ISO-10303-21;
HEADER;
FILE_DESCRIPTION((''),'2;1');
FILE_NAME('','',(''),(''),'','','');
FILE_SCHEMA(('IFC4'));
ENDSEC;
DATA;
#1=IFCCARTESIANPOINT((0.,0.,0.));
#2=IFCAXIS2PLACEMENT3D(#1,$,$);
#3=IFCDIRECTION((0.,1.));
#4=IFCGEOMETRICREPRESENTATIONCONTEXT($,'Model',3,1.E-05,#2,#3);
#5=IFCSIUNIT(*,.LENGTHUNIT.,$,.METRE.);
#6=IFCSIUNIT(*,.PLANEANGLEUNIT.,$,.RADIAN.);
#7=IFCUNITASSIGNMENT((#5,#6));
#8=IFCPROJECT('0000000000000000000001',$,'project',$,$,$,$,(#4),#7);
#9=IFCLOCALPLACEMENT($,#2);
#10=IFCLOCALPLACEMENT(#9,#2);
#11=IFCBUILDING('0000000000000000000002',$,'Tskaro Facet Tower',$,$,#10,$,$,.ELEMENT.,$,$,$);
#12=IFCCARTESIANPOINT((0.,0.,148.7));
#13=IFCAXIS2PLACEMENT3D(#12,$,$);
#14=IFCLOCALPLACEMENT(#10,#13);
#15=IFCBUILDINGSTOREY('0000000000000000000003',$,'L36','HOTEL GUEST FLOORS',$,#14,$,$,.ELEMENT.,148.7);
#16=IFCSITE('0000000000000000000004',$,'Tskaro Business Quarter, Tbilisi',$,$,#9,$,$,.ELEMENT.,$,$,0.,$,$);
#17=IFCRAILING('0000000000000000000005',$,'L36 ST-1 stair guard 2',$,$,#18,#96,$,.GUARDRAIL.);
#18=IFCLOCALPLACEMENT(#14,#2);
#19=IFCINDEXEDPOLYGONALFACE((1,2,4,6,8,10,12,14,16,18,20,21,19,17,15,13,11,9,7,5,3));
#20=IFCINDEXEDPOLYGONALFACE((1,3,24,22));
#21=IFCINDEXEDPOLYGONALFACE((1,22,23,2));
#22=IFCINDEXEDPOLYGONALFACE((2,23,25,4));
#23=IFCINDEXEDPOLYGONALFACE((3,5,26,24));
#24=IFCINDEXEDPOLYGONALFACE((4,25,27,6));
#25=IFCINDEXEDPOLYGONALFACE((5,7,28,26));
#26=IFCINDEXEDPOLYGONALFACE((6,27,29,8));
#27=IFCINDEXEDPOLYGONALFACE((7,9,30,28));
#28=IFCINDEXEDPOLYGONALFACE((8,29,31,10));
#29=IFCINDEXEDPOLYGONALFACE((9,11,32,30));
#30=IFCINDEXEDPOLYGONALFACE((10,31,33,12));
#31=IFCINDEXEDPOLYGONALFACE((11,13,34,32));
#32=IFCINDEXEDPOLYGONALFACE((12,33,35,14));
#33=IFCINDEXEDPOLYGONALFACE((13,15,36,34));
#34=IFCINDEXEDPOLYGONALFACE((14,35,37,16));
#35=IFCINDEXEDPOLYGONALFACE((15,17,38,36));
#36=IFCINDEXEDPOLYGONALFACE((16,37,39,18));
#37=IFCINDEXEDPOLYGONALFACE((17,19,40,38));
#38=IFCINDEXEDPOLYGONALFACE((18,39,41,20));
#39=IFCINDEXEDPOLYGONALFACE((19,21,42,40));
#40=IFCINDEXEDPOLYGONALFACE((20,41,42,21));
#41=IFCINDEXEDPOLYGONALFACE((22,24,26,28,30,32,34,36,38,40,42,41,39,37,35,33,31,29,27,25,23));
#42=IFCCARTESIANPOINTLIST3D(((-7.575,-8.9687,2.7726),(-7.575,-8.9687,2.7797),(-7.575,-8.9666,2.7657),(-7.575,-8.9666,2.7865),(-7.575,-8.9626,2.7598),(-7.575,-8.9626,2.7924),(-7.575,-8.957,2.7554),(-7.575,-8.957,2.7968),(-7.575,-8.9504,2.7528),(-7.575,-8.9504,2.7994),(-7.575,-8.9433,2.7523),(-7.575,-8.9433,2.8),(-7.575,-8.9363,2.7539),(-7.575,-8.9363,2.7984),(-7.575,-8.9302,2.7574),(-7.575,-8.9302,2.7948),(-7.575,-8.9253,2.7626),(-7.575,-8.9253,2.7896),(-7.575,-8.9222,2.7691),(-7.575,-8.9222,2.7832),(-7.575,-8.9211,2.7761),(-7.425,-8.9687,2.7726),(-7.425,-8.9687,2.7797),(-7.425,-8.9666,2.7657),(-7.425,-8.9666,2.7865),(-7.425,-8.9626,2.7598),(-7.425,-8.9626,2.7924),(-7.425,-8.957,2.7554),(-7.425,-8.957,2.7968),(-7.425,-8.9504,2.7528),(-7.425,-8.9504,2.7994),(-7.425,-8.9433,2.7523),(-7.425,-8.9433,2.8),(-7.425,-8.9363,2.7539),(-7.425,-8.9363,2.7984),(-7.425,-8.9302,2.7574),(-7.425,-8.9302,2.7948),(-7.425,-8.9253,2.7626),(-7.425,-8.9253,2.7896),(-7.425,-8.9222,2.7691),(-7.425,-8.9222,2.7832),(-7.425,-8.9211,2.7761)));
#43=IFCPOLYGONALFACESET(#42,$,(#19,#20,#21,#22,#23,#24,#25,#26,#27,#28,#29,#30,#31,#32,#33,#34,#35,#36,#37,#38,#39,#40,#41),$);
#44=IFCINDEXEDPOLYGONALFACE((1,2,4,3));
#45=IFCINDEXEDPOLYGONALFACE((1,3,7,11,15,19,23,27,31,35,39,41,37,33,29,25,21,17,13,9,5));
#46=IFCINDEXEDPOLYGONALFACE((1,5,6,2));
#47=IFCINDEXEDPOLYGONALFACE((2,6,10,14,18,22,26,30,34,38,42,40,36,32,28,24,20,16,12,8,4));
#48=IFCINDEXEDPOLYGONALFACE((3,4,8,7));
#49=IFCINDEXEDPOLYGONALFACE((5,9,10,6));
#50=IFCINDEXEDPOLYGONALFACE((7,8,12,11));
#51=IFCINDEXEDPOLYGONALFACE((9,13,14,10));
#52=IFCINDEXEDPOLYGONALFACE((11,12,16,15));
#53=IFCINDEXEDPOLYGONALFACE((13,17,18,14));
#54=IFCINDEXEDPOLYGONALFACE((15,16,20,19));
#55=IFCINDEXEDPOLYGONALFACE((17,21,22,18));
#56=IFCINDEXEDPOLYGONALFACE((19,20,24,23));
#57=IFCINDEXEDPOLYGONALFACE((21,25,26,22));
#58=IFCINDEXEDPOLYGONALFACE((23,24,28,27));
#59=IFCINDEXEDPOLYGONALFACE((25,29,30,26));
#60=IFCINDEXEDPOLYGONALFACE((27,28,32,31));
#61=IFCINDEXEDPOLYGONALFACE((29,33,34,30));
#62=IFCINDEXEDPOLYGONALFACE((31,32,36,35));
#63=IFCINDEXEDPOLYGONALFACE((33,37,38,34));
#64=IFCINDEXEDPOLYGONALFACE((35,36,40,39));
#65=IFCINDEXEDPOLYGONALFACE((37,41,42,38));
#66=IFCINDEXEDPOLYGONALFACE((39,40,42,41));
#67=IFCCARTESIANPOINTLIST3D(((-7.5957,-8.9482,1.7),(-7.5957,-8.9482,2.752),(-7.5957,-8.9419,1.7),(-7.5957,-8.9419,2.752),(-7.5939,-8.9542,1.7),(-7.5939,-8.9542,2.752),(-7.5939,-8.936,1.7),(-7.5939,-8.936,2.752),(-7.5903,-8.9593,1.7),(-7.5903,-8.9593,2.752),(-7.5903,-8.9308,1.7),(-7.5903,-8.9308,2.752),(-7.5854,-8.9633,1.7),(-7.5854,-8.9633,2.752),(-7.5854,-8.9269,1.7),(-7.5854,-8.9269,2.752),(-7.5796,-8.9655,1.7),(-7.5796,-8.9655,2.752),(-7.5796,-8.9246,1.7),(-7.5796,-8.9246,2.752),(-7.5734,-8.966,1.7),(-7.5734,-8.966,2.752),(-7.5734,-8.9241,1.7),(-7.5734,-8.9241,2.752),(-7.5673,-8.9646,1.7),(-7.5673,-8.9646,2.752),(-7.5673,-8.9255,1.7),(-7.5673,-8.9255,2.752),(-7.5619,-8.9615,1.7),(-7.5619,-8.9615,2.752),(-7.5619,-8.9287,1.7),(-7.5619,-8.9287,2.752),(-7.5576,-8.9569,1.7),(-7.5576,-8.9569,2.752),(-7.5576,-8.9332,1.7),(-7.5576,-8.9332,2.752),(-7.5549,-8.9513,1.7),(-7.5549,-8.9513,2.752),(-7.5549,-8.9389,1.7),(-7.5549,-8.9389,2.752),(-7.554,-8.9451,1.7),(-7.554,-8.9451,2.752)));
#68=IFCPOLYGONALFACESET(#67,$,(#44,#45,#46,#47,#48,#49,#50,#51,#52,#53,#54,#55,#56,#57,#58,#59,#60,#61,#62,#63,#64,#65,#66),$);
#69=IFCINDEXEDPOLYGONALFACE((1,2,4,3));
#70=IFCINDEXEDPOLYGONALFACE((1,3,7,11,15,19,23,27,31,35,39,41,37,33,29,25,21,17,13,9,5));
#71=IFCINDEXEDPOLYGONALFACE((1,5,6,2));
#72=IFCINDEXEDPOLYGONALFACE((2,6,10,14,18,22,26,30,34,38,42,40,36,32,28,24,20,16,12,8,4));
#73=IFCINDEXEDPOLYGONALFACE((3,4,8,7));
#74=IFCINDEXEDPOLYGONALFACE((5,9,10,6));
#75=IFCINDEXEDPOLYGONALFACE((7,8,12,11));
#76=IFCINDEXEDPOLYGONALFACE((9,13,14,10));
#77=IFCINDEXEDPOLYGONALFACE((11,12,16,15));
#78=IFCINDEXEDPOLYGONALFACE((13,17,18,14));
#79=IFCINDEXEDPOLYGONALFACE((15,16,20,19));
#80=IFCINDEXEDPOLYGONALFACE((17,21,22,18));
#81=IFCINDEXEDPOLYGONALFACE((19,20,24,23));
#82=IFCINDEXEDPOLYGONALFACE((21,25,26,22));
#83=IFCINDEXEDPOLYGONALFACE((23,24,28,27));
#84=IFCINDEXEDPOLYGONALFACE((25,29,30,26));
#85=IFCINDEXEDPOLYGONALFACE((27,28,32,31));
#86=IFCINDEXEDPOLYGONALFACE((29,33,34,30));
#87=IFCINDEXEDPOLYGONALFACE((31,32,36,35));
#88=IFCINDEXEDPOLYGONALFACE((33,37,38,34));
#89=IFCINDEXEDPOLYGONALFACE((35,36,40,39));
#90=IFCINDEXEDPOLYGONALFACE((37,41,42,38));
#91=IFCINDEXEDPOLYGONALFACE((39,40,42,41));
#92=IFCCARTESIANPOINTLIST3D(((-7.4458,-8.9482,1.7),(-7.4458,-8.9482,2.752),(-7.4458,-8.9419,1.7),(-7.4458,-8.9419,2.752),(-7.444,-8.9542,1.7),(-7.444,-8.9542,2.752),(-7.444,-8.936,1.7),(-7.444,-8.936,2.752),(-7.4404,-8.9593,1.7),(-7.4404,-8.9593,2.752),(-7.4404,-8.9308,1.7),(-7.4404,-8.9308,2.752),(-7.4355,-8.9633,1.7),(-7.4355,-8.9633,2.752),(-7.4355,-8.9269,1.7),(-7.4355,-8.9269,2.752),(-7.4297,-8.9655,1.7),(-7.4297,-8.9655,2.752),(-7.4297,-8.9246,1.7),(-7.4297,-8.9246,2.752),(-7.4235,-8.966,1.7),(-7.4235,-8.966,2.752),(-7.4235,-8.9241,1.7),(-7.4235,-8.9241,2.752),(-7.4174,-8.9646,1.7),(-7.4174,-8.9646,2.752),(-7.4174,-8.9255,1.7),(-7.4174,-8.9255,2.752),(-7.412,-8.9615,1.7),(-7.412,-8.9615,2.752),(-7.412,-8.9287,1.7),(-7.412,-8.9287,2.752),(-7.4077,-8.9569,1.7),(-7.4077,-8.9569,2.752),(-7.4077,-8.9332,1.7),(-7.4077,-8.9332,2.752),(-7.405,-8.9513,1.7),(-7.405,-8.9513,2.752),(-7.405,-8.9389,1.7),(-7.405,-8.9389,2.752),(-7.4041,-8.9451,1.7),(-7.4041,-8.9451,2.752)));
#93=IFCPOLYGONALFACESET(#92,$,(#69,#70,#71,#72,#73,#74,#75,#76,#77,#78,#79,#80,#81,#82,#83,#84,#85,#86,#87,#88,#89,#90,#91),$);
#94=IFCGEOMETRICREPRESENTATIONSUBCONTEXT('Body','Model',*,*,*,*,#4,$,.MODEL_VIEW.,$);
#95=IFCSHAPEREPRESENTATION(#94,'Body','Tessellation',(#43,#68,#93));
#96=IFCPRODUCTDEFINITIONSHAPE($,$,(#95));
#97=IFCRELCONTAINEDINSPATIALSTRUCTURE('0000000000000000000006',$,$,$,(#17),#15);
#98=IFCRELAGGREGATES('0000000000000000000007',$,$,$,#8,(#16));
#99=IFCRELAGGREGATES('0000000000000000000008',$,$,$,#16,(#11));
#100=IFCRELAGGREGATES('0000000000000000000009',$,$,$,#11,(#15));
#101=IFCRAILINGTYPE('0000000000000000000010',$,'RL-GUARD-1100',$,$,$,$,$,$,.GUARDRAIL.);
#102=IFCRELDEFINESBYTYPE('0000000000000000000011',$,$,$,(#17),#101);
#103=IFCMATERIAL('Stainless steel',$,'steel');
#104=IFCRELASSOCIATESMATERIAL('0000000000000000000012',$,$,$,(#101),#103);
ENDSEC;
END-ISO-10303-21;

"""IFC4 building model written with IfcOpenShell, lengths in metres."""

from ifc_helpers import new_model, si_unit, direction, frame, origin, origin_2d, place, context, subcontext, project, spatial, circle, extrude, material, type_object, element, save


model = new_model("IFC4")

# Units and contexts
model_context = context("Model", 3, precision=1e-05, world=origin(), true_north=direction((0.0, 1.0)))
body_context = subcontext(model_context, "Body", "Model", "MODEL_VIEW")
ifc_project = project(units=[si_unit("LENGTHUNIT", "METRE"), si_unit("PLANEANGLEUNIT", "RADIAN")], contexts=[model_context])

# Site, building, storey
site_placement = place(None, origin())
site = spatial("IfcSite", under=ifc_project, at=site_placement, Name="Tskaro Business Quarter, Tbilisi", CompositionType="ELEMENT", RefElevation=0.0)
building_placement = place(site_placement, origin())
building = spatial("IfcBuilding", under=site, at=building_placement, Name="Tskaro Facet Tower", CompositionType="ELEMENT")
storey_placement = place(building_placement, frame((0.0, 0.0, 148.7)))
storey = spatial("IfcBuildingStorey", under=building, at=storey_placement, Name="L36", Description="HOTEL GUEST FLOORS", CompositionType="ELEMENT", Elevation=148.7)

# Shared definitions
ifc_material_1 = material(Name="Stainless steel", Category="steel")

# Railing
railing_type_1 = type_object("IfcRailingType", Name="RL-GUARD-1100", PredefinedType="GUARDRAIL", material=ifc_material_1)
railing_1_placement = place(storey_placement, frame((-7.575, -8.9451, 1.7)))
element("IfcRailing", 1, at=railing_1_placement, inside=storey, type_object=railing_type_1, Name="L36 ST-1 stair guard 2", PredefinedType="GUARDRAIL", context=body_context, shape_type="SweptSolid", body=[
    extrude(circle(Radius=0.0239, at=origin_2d()), frame((0.0, 0.0, 1.0762), z_axis=(1.0, 0.0, 0.0), x_axis=(0.0, 1.0, 0.0)), (0.0, 0.0, 1.0), 0.1499),
    extrude(circle(Radius=0.021, at=origin_2d()), origin(), (0.0, 0.0, 1.0), 1.052),
    extrude(circle(Radius=0.021, at=origin_2d()), frame((0.1499, 0.0, 0.0)), (0.0, 0.0, 1.0), 1.052),
])

save(model, "model.ifc")
